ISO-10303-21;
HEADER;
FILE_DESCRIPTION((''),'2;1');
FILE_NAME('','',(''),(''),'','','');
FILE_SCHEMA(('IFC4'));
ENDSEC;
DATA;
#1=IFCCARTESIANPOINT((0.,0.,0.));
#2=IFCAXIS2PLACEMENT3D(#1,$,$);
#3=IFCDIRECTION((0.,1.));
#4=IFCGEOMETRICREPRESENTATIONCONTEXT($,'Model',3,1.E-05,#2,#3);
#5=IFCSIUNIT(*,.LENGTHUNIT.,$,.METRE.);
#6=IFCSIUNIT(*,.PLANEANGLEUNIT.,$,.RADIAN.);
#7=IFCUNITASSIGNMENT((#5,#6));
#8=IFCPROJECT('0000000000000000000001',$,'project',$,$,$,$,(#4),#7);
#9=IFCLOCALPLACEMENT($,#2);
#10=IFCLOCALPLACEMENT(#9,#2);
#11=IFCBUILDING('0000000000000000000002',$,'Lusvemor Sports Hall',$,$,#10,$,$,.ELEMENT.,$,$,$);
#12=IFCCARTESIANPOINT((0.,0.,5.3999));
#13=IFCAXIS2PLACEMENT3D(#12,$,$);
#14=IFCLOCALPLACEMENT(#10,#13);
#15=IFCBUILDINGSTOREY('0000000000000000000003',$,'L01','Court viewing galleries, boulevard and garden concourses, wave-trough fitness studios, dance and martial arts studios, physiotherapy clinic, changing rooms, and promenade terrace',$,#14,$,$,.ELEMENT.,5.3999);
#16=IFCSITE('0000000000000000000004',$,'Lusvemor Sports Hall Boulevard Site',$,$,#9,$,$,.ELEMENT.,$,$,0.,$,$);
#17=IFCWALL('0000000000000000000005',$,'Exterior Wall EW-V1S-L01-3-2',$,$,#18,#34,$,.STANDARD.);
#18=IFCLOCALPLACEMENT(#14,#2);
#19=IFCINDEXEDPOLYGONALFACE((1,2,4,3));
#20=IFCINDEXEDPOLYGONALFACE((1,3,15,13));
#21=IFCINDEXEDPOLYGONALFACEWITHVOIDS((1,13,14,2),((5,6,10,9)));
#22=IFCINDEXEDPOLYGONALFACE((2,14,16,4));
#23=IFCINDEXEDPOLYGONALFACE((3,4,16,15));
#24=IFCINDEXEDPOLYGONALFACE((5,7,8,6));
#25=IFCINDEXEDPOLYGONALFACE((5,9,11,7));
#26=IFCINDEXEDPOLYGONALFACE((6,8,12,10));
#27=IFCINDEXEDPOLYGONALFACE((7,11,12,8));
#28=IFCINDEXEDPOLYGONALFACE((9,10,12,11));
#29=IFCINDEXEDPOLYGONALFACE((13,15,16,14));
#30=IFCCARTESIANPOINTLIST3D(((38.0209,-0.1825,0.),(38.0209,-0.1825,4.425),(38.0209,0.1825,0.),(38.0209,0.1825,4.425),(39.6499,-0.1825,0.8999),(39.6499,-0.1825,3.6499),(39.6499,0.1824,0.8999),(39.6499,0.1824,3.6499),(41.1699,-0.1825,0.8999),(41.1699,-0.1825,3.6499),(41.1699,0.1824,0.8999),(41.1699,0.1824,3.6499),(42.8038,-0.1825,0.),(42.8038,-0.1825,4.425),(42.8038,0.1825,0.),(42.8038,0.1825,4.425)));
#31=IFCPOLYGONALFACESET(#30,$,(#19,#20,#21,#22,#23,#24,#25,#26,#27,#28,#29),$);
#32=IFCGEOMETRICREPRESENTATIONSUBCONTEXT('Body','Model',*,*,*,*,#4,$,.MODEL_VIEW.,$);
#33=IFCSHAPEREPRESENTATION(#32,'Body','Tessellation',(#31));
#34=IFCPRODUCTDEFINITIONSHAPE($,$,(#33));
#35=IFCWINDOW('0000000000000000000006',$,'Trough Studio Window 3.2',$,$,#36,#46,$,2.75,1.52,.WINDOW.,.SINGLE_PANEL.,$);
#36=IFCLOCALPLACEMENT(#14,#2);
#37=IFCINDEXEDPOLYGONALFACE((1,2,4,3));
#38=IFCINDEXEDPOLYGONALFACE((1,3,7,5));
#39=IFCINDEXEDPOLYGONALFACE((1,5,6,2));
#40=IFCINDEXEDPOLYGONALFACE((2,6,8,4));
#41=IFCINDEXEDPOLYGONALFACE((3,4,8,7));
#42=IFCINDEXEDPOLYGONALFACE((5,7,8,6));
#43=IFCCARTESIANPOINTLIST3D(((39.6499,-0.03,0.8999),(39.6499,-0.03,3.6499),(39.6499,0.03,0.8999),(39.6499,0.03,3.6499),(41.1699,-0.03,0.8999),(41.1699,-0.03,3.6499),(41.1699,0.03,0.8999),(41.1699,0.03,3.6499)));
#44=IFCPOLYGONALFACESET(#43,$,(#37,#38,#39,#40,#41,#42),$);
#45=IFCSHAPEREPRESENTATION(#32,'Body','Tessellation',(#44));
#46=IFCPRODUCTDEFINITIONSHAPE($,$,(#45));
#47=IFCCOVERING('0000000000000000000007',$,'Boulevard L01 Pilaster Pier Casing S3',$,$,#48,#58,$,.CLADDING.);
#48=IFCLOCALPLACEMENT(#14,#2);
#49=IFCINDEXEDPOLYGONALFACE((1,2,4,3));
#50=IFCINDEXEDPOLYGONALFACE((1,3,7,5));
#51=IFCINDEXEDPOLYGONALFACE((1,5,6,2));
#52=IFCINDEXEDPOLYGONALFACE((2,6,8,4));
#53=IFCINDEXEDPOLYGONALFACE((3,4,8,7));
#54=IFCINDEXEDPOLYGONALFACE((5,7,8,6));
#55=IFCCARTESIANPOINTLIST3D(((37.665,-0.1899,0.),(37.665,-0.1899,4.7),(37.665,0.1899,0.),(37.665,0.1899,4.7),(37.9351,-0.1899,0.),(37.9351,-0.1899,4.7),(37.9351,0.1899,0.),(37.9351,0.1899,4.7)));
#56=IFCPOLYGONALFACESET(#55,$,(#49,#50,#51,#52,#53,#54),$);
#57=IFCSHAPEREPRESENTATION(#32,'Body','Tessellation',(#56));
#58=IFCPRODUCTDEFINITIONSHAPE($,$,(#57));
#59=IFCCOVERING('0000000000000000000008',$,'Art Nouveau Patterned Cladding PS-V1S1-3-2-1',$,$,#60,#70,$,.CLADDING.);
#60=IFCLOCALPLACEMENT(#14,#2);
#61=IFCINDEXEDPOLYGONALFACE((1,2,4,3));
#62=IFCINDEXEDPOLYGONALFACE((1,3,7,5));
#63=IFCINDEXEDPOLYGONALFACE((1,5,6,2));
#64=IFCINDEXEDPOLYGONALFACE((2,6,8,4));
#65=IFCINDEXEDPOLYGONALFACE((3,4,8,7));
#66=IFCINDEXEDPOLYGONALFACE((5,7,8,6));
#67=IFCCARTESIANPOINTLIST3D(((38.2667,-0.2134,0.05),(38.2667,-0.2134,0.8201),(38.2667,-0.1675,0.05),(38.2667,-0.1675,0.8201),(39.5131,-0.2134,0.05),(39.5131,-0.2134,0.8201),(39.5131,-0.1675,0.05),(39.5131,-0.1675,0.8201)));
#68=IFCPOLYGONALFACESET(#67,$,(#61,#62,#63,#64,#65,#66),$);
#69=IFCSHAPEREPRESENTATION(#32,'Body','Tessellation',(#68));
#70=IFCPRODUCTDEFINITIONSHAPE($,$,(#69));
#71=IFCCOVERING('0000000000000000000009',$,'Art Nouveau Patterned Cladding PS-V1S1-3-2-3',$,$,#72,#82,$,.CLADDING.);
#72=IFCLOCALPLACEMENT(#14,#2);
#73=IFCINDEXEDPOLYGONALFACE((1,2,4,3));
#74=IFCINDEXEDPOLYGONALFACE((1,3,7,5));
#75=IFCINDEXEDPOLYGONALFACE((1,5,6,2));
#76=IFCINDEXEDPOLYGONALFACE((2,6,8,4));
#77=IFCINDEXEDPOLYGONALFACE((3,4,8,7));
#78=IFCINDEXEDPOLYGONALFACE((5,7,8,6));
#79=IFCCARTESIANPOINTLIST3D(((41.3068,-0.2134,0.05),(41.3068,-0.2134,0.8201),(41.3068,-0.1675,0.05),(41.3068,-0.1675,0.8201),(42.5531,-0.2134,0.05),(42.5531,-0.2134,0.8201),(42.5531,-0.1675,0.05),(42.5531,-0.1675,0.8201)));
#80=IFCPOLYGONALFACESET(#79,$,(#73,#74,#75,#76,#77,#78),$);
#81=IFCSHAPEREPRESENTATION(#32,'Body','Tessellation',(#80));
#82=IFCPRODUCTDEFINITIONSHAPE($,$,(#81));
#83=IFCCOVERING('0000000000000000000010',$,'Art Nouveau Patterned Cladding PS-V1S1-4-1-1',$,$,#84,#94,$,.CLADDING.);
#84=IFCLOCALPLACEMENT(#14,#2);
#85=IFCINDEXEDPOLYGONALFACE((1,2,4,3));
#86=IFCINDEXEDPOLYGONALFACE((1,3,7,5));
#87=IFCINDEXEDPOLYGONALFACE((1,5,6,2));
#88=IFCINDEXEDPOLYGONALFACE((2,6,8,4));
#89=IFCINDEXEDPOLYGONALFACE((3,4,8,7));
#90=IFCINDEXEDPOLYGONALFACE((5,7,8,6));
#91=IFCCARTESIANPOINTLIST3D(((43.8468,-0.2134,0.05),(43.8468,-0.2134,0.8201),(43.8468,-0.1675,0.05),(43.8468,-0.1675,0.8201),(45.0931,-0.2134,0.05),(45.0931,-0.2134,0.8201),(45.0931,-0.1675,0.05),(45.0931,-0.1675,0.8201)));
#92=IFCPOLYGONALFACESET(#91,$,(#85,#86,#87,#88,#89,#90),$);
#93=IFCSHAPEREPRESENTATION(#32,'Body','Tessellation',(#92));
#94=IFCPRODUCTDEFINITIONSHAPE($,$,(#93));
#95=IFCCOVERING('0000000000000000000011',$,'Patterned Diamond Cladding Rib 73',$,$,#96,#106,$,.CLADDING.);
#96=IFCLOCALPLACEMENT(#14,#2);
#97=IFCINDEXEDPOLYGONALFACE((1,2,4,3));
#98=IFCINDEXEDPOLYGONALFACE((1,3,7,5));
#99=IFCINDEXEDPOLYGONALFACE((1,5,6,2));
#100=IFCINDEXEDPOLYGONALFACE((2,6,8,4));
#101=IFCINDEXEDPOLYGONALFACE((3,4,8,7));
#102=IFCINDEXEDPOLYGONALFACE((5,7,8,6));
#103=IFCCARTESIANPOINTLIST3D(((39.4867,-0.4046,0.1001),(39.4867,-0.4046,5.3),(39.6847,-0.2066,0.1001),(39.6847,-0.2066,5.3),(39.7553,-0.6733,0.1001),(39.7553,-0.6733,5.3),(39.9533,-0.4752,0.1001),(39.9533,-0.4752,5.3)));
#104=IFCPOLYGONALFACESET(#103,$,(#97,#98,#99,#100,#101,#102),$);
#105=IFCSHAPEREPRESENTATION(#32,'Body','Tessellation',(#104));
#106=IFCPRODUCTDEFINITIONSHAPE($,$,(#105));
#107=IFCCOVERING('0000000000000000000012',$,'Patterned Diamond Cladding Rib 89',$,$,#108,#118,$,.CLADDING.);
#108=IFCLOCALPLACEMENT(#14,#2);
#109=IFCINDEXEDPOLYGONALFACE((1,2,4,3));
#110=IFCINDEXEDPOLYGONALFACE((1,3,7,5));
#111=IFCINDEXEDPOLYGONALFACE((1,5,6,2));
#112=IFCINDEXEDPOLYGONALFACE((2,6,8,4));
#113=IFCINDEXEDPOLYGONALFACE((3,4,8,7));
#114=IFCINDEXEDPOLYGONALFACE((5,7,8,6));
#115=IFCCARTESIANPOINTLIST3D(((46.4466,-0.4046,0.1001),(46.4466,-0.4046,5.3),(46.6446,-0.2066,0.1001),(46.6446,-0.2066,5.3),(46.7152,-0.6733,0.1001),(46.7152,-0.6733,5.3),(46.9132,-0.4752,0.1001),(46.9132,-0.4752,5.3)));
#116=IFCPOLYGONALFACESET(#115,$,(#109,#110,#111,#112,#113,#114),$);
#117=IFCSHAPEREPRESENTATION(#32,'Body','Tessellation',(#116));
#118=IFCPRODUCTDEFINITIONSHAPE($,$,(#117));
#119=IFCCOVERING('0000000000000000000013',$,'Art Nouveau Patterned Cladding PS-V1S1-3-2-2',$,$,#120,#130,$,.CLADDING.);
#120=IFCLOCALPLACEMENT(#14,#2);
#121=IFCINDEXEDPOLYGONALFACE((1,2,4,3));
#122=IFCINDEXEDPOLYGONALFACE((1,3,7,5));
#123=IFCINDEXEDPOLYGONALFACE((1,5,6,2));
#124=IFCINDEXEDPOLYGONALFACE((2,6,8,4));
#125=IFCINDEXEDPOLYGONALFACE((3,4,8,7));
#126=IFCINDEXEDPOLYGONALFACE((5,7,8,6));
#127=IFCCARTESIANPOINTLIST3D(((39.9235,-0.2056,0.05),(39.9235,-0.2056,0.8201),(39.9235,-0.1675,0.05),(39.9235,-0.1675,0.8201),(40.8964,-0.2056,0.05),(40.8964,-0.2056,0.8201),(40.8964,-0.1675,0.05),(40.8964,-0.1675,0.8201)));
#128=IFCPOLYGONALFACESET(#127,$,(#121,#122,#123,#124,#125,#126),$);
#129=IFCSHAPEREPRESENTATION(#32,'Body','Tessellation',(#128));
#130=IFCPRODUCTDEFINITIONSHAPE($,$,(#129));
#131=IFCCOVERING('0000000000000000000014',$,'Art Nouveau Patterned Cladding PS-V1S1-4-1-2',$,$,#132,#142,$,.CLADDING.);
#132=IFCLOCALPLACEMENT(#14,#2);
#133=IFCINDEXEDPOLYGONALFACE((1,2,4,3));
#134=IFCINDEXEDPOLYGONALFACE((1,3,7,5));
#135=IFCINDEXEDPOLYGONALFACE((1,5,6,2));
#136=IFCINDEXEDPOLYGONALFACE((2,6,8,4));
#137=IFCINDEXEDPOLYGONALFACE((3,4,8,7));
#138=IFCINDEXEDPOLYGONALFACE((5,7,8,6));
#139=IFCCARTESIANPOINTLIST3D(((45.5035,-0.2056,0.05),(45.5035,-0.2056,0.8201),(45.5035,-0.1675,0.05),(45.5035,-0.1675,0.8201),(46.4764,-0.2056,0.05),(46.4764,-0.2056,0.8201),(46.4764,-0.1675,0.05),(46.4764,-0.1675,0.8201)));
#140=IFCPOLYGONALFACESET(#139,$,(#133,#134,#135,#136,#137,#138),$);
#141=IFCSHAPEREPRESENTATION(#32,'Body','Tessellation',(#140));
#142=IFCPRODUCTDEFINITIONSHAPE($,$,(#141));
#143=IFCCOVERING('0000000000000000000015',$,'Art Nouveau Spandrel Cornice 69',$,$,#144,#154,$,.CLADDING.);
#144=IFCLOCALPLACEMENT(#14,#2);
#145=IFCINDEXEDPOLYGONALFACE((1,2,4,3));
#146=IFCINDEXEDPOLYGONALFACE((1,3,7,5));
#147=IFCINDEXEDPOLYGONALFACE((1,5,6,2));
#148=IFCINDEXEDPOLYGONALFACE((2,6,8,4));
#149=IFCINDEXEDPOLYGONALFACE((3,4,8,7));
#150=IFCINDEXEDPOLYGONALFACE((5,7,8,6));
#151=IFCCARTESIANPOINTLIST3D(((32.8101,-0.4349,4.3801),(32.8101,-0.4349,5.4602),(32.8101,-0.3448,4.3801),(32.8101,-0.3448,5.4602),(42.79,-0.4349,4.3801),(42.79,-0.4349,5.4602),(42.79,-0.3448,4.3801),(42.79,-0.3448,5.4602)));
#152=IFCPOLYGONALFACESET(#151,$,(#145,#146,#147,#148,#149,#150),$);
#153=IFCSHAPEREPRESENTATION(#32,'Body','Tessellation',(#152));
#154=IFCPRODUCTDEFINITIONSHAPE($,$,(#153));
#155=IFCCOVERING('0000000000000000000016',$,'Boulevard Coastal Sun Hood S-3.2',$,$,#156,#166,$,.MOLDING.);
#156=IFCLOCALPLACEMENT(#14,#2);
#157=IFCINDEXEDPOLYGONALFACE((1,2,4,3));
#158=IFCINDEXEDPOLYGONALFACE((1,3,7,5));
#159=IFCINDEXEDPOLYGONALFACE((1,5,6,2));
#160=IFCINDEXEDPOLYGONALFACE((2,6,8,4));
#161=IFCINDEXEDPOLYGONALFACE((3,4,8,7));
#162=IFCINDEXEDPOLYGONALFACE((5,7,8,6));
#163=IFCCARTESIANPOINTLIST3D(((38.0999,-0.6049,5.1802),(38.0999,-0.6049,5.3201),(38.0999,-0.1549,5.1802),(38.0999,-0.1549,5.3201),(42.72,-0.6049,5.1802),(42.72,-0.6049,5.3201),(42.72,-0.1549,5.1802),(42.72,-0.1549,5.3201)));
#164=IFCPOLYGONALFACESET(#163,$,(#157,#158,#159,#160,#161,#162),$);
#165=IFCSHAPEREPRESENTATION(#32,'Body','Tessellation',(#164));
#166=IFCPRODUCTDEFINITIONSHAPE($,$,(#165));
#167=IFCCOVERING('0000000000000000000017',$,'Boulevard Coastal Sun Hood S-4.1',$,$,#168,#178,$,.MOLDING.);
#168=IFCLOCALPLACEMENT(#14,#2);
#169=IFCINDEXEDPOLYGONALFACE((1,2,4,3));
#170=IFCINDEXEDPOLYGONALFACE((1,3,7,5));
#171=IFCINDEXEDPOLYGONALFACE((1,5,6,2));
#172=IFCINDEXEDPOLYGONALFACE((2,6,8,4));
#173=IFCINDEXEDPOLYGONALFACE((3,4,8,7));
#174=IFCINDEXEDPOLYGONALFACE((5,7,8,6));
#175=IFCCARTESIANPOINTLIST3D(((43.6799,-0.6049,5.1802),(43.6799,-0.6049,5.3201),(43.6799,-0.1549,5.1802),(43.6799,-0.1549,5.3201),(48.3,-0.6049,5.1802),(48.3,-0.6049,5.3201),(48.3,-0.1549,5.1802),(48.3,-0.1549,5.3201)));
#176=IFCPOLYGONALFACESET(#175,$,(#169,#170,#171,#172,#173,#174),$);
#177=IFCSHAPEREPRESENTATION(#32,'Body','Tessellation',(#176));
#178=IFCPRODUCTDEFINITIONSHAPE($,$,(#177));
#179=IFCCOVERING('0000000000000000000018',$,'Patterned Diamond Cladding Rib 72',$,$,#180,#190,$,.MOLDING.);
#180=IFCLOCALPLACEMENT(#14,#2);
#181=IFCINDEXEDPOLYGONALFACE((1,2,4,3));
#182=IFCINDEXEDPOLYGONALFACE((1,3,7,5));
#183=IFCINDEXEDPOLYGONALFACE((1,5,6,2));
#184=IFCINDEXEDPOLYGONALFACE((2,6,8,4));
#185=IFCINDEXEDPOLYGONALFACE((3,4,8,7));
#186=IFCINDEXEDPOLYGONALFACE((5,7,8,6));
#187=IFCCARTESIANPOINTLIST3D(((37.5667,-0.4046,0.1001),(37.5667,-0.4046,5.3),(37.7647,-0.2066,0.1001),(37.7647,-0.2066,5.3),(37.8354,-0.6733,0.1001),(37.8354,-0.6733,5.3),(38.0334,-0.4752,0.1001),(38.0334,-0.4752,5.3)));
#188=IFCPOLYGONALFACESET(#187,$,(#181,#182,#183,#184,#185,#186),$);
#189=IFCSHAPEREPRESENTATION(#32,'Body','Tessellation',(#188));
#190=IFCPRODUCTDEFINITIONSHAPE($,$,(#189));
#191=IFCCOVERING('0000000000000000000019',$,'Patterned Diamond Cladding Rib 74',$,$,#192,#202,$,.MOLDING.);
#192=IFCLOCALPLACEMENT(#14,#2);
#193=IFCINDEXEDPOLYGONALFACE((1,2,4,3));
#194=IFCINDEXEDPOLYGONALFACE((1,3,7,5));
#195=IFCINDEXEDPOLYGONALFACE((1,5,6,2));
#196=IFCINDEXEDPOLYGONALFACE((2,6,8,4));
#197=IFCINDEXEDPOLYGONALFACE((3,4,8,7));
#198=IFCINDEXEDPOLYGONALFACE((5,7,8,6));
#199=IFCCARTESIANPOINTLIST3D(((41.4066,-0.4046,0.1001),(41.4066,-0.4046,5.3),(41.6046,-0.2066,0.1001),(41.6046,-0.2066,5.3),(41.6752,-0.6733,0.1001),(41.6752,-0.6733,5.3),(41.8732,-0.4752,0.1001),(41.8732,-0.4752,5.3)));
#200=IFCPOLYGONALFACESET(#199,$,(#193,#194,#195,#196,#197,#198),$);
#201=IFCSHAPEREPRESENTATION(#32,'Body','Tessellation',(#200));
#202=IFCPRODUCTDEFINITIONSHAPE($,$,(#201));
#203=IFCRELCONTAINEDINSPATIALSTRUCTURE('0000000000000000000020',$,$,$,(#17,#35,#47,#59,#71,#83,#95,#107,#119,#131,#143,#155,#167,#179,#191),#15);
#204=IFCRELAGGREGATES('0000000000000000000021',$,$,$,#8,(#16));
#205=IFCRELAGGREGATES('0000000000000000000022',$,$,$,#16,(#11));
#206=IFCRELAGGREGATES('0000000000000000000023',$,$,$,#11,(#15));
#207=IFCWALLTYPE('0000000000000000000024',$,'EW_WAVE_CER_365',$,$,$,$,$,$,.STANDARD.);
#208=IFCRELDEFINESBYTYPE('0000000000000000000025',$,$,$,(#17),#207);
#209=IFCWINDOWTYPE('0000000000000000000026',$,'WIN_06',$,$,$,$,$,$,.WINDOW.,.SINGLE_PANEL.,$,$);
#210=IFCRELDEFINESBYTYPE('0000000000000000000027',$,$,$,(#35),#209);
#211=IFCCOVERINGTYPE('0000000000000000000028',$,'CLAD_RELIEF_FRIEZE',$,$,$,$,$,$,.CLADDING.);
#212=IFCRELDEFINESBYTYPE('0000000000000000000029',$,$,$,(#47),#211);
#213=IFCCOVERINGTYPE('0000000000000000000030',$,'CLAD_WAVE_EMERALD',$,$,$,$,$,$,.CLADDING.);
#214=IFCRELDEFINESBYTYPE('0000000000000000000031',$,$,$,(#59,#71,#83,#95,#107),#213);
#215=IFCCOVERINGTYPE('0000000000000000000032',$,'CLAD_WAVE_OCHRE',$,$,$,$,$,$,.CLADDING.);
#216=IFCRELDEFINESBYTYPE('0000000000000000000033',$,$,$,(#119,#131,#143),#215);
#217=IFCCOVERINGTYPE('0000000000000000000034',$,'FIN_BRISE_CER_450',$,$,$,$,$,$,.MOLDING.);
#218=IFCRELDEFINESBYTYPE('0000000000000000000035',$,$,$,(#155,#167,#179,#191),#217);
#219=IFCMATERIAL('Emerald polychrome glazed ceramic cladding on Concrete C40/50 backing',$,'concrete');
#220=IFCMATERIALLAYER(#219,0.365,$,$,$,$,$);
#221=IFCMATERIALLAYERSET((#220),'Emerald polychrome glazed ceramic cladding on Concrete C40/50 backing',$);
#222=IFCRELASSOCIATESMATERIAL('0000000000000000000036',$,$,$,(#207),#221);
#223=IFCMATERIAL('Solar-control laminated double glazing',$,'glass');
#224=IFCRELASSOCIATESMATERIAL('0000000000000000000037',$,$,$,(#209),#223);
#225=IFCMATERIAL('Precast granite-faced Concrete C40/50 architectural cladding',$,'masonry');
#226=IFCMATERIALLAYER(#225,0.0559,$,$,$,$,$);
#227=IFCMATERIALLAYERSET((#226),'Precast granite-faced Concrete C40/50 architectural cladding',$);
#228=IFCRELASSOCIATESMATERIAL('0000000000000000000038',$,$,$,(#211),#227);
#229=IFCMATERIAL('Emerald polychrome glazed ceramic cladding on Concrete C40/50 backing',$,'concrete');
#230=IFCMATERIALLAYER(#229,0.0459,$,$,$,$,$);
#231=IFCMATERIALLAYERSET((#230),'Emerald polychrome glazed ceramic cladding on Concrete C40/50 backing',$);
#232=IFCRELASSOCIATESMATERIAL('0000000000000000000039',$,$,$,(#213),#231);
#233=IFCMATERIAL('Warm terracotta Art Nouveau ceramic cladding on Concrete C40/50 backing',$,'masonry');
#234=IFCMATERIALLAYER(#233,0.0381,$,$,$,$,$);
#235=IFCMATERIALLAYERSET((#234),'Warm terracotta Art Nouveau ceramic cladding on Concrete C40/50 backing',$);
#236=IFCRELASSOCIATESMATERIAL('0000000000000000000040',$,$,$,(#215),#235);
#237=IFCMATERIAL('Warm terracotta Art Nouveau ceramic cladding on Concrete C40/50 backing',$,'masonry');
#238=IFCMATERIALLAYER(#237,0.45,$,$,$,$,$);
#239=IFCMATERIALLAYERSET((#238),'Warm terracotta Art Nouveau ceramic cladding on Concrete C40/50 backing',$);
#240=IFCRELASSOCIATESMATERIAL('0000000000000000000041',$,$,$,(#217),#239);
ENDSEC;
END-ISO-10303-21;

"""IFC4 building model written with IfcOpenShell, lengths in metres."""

from ifc_helpers import new_model, si_unit, direction, frame, frame_2d, origin, origin_2d, place, context, subcontext, project, spatial, rectangle, extrude, material, layer, layer_set, type_object, element, fill, save


model = new_model("IFC4")

# Units and contexts
model_context = context("Model", 3, precision=1e-05, world=origin(), true_north=direction((0.0, 1.0)))
body_context = subcontext(model_context, "Body", "Model", "MODEL_VIEW")
ifc_project = project(units=[si_unit("LENGTHUNIT", "METRE"), si_unit("PLANEANGLEUNIT", "RADIAN")], contexts=[model_context])

# Site, building, storey
site_placement = place(None, origin())
site = spatial("IfcSite", under=ifc_project, at=site_placement, Name="Lusvemor Sports Hall Boulevard Site", CompositionType="ELEMENT", RefElevation=0.0)
building_placement = place(site_placement, origin())
building = spatial("IfcBuilding", under=site, at=building_placement, Name="Lusvemor Sports Hall", CompositionType="ELEMENT")
storey_placement = place(building_placement, frame((0.0, 0.0, 5.3999)))
storey = spatial("IfcBuildingStorey", under=building, at=storey_placement, Name="L01", Description="Court viewing galleries, boulevard and garden concourses, wave-trough fitness studios, dance and martial arts studios, physiotherapy clinic, changing rooms, and promenade terrace", CompositionType="ELEMENT", Elevation=5.3999)

# Wall, opening, window
ifc_material_1 = material(Name="Emerald polychrome glazed ceramic cladding on Concrete C40/50 backing", Category="concrete")
ifc_layer_1 = layer(ifc_material_1, 0.365)
ifc_layer_set_1 = layer_set([ifc_layer_1], Name="Emerald polychrome glazed ceramic cladding on Concrete C40/50 backing")
wall_type_1 = type_object("IfcWallType", Name="EW_WAVE_CER_365", PredefinedType="STANDARD", material=ifc_layer_set_1)
wall_1_placement = place(storey_placement, frame((42.804, 0.0, 0.0), z_axis=(0.0, 0.0, 1.0), x_axis=(-1.0, 0.0, 0.0)))
wall_1 = element("IfcWall", 1, at=wall_1_placement, inside=storey, type_object=wall_type_1, Name="Exterior Wall EW-V1S-L01-3-2", PredefinedType="STANDARD", context=body_context, shape_type="SweptSolid", body=[
    extrude(rectangle(XDim=4.783, YDim=0.365, at=frame_2d((2.3916, 0.0))), origin(), (0.0, 0.0, 1.0), 4.425),
])
opening_1_placement = place(wall_1_placement, frame((1.634, 0.0, 0.8999)))
opening_1 = element("IfcOpeningElement", 2, at=opening_1_placement, cuts=wall_1, PredefinedType="OPENING", context=body_context, shape_type="SweptSolid", body=[
    extrude(rectangle(XDim=1.52, YDim=2.75, at=frame_2d((0.76, 1.375))), frame((0.0, 0.1826, 0.0), z_axis=(0.0, -1.0, 0.0), x_axis=(1.0, 0.0, 0.0)), (0.0, 0.0, 1.0), 0.365),
])
ifc_material_2 = material(Name="Solar-control laminated double glazing", Category="glass")
window_type = type_object("IfcWindowType", Name="WIN_06", PartitioningType="SINGLE_PANEL", PredefinedType="WINDOW", material=ifc_material_2)
window_placement = place(opening_1_placement, origin())
window = element("IfcWindow", 3, at=window_placement, inside=storey, type_object=window_type, Name="Trough Studio Window 3.2", OverallHeight=2.75, OverallWidth=1.52, PartitioningType="SINGLE_PANEL", PredefinedType="WINDOW", context=body_context, shape_type="SweptSolid", body=[
    extrude(rectangle(XDim=1.52, YDim=2.75, at=frame_2d((0.76, 1.375))), frame((0.0, 0.03, 0.0), z_axis=(0.0, -1.0, 0.0), x_axis=(1.0, 0.0, 0.0)), (0.0, 0.0, 1.0), 0.0601),
])
fill(opening_1, window)

# Coverings
ifc_material_3 = material(Name="Precast granite-faced Concrete C40/50 architectural cladding", Category="masonry")
ifc_layer_2 = layer(ifc_material_3, 0.0559)
ifc_layer_set_2 = layer_set([ifc_layer_2], Name="Precast granite-faced Concrete C40/50 architectural cladding")
covering_type_1 = type_object("IfcCoveringType", Name="CLAD_RELIEF_FRIEZE", PredefinedType="CLADDING", material=ifc_layer_set_2)
covering_1_placement = place(storey_placement, frame((37.8, 0.0, 0.0), z_axis=(0.0, 0.0, 1.0), x_axis=(1.0, 0.0, 0.0)))
element("IfcCovering", 4, at=covering_1_placement, inside=storey, type_object=covering_type_1, Name="Boulevard L01 Pilaster Pier Casing S3", PredefinedType="CLADDING", context=body_context, shape_type="SweptSolid", body=[
    extrude(rectangle(XDim=0.27, YDim=0.3799, at=origin_2d()), origin(), (0.0, 0.0, 1.0), 4.7),
])
ifc_material_4 = material(Name="Emerald polychrome glazed ceramic cladding on Concrete C40/50 backing", Category="concrete")
ifc_layer_3 = layer(ifc_material_4, 0.0459)
ifc_layer_set_3 = layer_set([ifc_layer_3], Name="Emerald polychrome glazed ceramic cladding on Concrete C40/50 backing")
covering_type_2 = type_object("IfcCoveringType", Name="CLAD_WAVE_EMERALD", PredefinedType="CLADDING", material=ifc_layer_set_3)
for number, where, z_axis, x_axis, name in (
    (5, (38.8899, -0.1904, 0.05), (0.0, 0.0, 1.0), (1.0, 0.0, 0.0), "Art Nouveau Patterned Cladding PS-V1S1-3-2-1"),
    (6, (41.9299, -0.1904, 0.05), (0.0, 0.0, 1.0), (1.0, 0.0, 0.0), "Art Nouveau Patterned Cladding PS-V1S1-3-2-3"),
    (7, (44.47, -0.1904, 0.05), (0.0, 0.0, 1.0), (1.0, 0.0, 0.0), "Art Nouveau Patterned Cladding PS-V1S1-4-1-1"),
):
    element("IfcCovering", number, at=place(storey_placement, frame(where, z_axis=z_axis, x_axis=x_axis)), inside=storey, type_object=covering_type_2, Name=name, PredefinedType="CLADDING", context=body_context, shape_type="SweptSolid", body=[
        extrude(rectangle(XDim=1.2463, YDim=0.0459, at=origin_2d()), origin(), (0.0, 0.0, 1.0), 0.77),
    ])
for number, where, z_axis, x_axis, name in (
    (8, (39.72, -0.4399, 0.1001), (0.0, 0.0, 1.0), (0.707107, 0.707107, 0.0), "Patterned Diamond Cladding Rib 73"),
    (9, (46.6799, -0.4399, 0.1001), (0.0, 0.0, 1.0), (0.707107, 0.707107, 0.0), "Patterned Diamond Cladding Rib 89"),
):
    element("IfcCovering", number, at=place(storey_placement, frame(where, z_axis=z_axis, x_axis=x_axis)), inside=storey, type_object=covering_type_2, Name=name, PredefinedType="CLADDING", context=body_context, shape_type="SweptSolid", body=[
        extrude(rectangle(XDim=0.28, YDim=0.3799, at=origin_2d()), origin(), (0.0, 0.0, 1.0), 5.2),
    ])
ifc_material_5 = material(Name="Warm terracotta Art Nouveau ceramic cladding on Concrete C40/50 backing", Category="masonry")
ifc_layer_4 = layer(ifc_material_5, 0.0381)
ifc_layer_set_4 = layer_set([ifc_layer_4], Name="Warm terracotta Art Nouveau ceramic cladding on Concrete C40/50 backing")
covering_type_3 = type_object("IfcCoveringType", Name="CLAD_WAVE_OCHRE", PredefinedType="CLADDING", material=ifc_layer_set_4)
for number, where, z_axis, x_axis, name in (
    (10, (40.4099, -0.1865, 0.05), (0.0, 0.0, 1.0), (1.0, 0.0, 0.0), "Art Nouveau Patterned Cladding PS-V1S1-3-2-2"),
    (11, (45.99, -0.1865, 0.05), (0.0, 0.0, 1.0), (1.0, 0.0, 0.0), "Art Nouveau Patterned Cladding PS-V1S1-4-1-2"),
):
    element("IfcCovering", number, at=place(storey_placement, frame(where, z_axis=z_axis, x_axis=x_axis)), inside=storey, type_object=covering_type_3, Name=name, PredefinedType="CLADDING", context=body_context, shape_type="SweptSolid", body=[
        extrude(rectangle(XDim=0.9729, YDim=0.0381, at=origin_2d()), origin(), (0.0, 0.0, 1.0), 0.77),
    ])
covering_2_placement = place(storey_placement, frame((37.8, -0.3899, 4.3801), z_axis=(0.0, 0.0, 1.0), x_axis=(1.0, 0.0, 0.0)))
element("IfcCovering", 12, at=covering_2_placement, inside=storey, type_object=covering_type_3, Name="Art Nouveau Spandrel Cornice 69", PredefinedType="CLADDING", context=body_context, shape_type="SweptSolid", body=[
    extrude(rectangle(XDim=9.98, YDim=0.0901, at=origin_2d()), origin(), (0.0, 0.0, 1.0), 1.0801),
])
ifc_material_6 = material(Name="Warm terracotta Art Nouveau ceramic cladding on Concrete C40/50 backing", Category="masonry")
ifc_layer_5 = layer(ifc_material_6, 0.45)
ifc_layer_set_5 = layer_set([ifc_layer_5], Name="Warm terracotta Art Nouveau ceramic cladding on Concrete C40/50 backing")
covering_type_4 = type_object("IfcCoveringType", Name="FIN_BRISE_CER_450", PredefinedType="MOLDING", material=ifc_layer_set_5)
for number, where, z_axis, x_axis, name in (
    (13, (40.4099, -0.3799, 5.1802), (0.0, 0.0, 1.0), (1.0, 0.0, 0.0), "Boulevard Coastal Sun Hood S-3.2"),
    (14, (45.99, -0.3799, 5.1802), (0.0, 0.0, 1.0), (1.0, 0.0, 0.0), "Boulevard Coastal Sun Hood S-4.1"),
):
    element("IfcCovering", number, at=place(storey_placement, frame(where, z_axis=z_axis, x_axis=x_axis)), inside=storey, type_object=covering_type_4, Name=name, PredefinedType="MOLDING", context=body_context, shape_type="SweptSolid", body=[
        extrude(rectangle(XDim=4.6201, YDim=0.45, at=origin_2d()), origin(), (0.0, 0.0, 1.0), 0.1399),
    ])
for number, where, z_axis, x_axis, name in (
    (15, (37.8, -0.4399, 0.1001), (0.0, 0.0, 1.0), (0.707107, 0.707107, 0.0), "Patterned Diamond Cladding Rib 72"),
    (16, (41.6399, -0.4399, 0.1001), (0.0, 0.0, 1.0), (0.707107, 0.707107, 0.0), "Patterned Diamond Cladding Rib 74"),
):
    element("IfcCovering", number, at=place(storey_placement, frame(where, z_axis=z_axis, x_axis=x_axis)), inside=storey, type_object=covering_type_4, Name=name, PredefinedType="MOLDING", context=body_context, shape_type="SweptSolid", body=[
        extrude(rectangle(XDim=0.28, YDim=0.3799, at=origin_2d()), origin(), (0.0, 0.0, 1.0), 5.2),
    ])

save(model, "model.ifc")
